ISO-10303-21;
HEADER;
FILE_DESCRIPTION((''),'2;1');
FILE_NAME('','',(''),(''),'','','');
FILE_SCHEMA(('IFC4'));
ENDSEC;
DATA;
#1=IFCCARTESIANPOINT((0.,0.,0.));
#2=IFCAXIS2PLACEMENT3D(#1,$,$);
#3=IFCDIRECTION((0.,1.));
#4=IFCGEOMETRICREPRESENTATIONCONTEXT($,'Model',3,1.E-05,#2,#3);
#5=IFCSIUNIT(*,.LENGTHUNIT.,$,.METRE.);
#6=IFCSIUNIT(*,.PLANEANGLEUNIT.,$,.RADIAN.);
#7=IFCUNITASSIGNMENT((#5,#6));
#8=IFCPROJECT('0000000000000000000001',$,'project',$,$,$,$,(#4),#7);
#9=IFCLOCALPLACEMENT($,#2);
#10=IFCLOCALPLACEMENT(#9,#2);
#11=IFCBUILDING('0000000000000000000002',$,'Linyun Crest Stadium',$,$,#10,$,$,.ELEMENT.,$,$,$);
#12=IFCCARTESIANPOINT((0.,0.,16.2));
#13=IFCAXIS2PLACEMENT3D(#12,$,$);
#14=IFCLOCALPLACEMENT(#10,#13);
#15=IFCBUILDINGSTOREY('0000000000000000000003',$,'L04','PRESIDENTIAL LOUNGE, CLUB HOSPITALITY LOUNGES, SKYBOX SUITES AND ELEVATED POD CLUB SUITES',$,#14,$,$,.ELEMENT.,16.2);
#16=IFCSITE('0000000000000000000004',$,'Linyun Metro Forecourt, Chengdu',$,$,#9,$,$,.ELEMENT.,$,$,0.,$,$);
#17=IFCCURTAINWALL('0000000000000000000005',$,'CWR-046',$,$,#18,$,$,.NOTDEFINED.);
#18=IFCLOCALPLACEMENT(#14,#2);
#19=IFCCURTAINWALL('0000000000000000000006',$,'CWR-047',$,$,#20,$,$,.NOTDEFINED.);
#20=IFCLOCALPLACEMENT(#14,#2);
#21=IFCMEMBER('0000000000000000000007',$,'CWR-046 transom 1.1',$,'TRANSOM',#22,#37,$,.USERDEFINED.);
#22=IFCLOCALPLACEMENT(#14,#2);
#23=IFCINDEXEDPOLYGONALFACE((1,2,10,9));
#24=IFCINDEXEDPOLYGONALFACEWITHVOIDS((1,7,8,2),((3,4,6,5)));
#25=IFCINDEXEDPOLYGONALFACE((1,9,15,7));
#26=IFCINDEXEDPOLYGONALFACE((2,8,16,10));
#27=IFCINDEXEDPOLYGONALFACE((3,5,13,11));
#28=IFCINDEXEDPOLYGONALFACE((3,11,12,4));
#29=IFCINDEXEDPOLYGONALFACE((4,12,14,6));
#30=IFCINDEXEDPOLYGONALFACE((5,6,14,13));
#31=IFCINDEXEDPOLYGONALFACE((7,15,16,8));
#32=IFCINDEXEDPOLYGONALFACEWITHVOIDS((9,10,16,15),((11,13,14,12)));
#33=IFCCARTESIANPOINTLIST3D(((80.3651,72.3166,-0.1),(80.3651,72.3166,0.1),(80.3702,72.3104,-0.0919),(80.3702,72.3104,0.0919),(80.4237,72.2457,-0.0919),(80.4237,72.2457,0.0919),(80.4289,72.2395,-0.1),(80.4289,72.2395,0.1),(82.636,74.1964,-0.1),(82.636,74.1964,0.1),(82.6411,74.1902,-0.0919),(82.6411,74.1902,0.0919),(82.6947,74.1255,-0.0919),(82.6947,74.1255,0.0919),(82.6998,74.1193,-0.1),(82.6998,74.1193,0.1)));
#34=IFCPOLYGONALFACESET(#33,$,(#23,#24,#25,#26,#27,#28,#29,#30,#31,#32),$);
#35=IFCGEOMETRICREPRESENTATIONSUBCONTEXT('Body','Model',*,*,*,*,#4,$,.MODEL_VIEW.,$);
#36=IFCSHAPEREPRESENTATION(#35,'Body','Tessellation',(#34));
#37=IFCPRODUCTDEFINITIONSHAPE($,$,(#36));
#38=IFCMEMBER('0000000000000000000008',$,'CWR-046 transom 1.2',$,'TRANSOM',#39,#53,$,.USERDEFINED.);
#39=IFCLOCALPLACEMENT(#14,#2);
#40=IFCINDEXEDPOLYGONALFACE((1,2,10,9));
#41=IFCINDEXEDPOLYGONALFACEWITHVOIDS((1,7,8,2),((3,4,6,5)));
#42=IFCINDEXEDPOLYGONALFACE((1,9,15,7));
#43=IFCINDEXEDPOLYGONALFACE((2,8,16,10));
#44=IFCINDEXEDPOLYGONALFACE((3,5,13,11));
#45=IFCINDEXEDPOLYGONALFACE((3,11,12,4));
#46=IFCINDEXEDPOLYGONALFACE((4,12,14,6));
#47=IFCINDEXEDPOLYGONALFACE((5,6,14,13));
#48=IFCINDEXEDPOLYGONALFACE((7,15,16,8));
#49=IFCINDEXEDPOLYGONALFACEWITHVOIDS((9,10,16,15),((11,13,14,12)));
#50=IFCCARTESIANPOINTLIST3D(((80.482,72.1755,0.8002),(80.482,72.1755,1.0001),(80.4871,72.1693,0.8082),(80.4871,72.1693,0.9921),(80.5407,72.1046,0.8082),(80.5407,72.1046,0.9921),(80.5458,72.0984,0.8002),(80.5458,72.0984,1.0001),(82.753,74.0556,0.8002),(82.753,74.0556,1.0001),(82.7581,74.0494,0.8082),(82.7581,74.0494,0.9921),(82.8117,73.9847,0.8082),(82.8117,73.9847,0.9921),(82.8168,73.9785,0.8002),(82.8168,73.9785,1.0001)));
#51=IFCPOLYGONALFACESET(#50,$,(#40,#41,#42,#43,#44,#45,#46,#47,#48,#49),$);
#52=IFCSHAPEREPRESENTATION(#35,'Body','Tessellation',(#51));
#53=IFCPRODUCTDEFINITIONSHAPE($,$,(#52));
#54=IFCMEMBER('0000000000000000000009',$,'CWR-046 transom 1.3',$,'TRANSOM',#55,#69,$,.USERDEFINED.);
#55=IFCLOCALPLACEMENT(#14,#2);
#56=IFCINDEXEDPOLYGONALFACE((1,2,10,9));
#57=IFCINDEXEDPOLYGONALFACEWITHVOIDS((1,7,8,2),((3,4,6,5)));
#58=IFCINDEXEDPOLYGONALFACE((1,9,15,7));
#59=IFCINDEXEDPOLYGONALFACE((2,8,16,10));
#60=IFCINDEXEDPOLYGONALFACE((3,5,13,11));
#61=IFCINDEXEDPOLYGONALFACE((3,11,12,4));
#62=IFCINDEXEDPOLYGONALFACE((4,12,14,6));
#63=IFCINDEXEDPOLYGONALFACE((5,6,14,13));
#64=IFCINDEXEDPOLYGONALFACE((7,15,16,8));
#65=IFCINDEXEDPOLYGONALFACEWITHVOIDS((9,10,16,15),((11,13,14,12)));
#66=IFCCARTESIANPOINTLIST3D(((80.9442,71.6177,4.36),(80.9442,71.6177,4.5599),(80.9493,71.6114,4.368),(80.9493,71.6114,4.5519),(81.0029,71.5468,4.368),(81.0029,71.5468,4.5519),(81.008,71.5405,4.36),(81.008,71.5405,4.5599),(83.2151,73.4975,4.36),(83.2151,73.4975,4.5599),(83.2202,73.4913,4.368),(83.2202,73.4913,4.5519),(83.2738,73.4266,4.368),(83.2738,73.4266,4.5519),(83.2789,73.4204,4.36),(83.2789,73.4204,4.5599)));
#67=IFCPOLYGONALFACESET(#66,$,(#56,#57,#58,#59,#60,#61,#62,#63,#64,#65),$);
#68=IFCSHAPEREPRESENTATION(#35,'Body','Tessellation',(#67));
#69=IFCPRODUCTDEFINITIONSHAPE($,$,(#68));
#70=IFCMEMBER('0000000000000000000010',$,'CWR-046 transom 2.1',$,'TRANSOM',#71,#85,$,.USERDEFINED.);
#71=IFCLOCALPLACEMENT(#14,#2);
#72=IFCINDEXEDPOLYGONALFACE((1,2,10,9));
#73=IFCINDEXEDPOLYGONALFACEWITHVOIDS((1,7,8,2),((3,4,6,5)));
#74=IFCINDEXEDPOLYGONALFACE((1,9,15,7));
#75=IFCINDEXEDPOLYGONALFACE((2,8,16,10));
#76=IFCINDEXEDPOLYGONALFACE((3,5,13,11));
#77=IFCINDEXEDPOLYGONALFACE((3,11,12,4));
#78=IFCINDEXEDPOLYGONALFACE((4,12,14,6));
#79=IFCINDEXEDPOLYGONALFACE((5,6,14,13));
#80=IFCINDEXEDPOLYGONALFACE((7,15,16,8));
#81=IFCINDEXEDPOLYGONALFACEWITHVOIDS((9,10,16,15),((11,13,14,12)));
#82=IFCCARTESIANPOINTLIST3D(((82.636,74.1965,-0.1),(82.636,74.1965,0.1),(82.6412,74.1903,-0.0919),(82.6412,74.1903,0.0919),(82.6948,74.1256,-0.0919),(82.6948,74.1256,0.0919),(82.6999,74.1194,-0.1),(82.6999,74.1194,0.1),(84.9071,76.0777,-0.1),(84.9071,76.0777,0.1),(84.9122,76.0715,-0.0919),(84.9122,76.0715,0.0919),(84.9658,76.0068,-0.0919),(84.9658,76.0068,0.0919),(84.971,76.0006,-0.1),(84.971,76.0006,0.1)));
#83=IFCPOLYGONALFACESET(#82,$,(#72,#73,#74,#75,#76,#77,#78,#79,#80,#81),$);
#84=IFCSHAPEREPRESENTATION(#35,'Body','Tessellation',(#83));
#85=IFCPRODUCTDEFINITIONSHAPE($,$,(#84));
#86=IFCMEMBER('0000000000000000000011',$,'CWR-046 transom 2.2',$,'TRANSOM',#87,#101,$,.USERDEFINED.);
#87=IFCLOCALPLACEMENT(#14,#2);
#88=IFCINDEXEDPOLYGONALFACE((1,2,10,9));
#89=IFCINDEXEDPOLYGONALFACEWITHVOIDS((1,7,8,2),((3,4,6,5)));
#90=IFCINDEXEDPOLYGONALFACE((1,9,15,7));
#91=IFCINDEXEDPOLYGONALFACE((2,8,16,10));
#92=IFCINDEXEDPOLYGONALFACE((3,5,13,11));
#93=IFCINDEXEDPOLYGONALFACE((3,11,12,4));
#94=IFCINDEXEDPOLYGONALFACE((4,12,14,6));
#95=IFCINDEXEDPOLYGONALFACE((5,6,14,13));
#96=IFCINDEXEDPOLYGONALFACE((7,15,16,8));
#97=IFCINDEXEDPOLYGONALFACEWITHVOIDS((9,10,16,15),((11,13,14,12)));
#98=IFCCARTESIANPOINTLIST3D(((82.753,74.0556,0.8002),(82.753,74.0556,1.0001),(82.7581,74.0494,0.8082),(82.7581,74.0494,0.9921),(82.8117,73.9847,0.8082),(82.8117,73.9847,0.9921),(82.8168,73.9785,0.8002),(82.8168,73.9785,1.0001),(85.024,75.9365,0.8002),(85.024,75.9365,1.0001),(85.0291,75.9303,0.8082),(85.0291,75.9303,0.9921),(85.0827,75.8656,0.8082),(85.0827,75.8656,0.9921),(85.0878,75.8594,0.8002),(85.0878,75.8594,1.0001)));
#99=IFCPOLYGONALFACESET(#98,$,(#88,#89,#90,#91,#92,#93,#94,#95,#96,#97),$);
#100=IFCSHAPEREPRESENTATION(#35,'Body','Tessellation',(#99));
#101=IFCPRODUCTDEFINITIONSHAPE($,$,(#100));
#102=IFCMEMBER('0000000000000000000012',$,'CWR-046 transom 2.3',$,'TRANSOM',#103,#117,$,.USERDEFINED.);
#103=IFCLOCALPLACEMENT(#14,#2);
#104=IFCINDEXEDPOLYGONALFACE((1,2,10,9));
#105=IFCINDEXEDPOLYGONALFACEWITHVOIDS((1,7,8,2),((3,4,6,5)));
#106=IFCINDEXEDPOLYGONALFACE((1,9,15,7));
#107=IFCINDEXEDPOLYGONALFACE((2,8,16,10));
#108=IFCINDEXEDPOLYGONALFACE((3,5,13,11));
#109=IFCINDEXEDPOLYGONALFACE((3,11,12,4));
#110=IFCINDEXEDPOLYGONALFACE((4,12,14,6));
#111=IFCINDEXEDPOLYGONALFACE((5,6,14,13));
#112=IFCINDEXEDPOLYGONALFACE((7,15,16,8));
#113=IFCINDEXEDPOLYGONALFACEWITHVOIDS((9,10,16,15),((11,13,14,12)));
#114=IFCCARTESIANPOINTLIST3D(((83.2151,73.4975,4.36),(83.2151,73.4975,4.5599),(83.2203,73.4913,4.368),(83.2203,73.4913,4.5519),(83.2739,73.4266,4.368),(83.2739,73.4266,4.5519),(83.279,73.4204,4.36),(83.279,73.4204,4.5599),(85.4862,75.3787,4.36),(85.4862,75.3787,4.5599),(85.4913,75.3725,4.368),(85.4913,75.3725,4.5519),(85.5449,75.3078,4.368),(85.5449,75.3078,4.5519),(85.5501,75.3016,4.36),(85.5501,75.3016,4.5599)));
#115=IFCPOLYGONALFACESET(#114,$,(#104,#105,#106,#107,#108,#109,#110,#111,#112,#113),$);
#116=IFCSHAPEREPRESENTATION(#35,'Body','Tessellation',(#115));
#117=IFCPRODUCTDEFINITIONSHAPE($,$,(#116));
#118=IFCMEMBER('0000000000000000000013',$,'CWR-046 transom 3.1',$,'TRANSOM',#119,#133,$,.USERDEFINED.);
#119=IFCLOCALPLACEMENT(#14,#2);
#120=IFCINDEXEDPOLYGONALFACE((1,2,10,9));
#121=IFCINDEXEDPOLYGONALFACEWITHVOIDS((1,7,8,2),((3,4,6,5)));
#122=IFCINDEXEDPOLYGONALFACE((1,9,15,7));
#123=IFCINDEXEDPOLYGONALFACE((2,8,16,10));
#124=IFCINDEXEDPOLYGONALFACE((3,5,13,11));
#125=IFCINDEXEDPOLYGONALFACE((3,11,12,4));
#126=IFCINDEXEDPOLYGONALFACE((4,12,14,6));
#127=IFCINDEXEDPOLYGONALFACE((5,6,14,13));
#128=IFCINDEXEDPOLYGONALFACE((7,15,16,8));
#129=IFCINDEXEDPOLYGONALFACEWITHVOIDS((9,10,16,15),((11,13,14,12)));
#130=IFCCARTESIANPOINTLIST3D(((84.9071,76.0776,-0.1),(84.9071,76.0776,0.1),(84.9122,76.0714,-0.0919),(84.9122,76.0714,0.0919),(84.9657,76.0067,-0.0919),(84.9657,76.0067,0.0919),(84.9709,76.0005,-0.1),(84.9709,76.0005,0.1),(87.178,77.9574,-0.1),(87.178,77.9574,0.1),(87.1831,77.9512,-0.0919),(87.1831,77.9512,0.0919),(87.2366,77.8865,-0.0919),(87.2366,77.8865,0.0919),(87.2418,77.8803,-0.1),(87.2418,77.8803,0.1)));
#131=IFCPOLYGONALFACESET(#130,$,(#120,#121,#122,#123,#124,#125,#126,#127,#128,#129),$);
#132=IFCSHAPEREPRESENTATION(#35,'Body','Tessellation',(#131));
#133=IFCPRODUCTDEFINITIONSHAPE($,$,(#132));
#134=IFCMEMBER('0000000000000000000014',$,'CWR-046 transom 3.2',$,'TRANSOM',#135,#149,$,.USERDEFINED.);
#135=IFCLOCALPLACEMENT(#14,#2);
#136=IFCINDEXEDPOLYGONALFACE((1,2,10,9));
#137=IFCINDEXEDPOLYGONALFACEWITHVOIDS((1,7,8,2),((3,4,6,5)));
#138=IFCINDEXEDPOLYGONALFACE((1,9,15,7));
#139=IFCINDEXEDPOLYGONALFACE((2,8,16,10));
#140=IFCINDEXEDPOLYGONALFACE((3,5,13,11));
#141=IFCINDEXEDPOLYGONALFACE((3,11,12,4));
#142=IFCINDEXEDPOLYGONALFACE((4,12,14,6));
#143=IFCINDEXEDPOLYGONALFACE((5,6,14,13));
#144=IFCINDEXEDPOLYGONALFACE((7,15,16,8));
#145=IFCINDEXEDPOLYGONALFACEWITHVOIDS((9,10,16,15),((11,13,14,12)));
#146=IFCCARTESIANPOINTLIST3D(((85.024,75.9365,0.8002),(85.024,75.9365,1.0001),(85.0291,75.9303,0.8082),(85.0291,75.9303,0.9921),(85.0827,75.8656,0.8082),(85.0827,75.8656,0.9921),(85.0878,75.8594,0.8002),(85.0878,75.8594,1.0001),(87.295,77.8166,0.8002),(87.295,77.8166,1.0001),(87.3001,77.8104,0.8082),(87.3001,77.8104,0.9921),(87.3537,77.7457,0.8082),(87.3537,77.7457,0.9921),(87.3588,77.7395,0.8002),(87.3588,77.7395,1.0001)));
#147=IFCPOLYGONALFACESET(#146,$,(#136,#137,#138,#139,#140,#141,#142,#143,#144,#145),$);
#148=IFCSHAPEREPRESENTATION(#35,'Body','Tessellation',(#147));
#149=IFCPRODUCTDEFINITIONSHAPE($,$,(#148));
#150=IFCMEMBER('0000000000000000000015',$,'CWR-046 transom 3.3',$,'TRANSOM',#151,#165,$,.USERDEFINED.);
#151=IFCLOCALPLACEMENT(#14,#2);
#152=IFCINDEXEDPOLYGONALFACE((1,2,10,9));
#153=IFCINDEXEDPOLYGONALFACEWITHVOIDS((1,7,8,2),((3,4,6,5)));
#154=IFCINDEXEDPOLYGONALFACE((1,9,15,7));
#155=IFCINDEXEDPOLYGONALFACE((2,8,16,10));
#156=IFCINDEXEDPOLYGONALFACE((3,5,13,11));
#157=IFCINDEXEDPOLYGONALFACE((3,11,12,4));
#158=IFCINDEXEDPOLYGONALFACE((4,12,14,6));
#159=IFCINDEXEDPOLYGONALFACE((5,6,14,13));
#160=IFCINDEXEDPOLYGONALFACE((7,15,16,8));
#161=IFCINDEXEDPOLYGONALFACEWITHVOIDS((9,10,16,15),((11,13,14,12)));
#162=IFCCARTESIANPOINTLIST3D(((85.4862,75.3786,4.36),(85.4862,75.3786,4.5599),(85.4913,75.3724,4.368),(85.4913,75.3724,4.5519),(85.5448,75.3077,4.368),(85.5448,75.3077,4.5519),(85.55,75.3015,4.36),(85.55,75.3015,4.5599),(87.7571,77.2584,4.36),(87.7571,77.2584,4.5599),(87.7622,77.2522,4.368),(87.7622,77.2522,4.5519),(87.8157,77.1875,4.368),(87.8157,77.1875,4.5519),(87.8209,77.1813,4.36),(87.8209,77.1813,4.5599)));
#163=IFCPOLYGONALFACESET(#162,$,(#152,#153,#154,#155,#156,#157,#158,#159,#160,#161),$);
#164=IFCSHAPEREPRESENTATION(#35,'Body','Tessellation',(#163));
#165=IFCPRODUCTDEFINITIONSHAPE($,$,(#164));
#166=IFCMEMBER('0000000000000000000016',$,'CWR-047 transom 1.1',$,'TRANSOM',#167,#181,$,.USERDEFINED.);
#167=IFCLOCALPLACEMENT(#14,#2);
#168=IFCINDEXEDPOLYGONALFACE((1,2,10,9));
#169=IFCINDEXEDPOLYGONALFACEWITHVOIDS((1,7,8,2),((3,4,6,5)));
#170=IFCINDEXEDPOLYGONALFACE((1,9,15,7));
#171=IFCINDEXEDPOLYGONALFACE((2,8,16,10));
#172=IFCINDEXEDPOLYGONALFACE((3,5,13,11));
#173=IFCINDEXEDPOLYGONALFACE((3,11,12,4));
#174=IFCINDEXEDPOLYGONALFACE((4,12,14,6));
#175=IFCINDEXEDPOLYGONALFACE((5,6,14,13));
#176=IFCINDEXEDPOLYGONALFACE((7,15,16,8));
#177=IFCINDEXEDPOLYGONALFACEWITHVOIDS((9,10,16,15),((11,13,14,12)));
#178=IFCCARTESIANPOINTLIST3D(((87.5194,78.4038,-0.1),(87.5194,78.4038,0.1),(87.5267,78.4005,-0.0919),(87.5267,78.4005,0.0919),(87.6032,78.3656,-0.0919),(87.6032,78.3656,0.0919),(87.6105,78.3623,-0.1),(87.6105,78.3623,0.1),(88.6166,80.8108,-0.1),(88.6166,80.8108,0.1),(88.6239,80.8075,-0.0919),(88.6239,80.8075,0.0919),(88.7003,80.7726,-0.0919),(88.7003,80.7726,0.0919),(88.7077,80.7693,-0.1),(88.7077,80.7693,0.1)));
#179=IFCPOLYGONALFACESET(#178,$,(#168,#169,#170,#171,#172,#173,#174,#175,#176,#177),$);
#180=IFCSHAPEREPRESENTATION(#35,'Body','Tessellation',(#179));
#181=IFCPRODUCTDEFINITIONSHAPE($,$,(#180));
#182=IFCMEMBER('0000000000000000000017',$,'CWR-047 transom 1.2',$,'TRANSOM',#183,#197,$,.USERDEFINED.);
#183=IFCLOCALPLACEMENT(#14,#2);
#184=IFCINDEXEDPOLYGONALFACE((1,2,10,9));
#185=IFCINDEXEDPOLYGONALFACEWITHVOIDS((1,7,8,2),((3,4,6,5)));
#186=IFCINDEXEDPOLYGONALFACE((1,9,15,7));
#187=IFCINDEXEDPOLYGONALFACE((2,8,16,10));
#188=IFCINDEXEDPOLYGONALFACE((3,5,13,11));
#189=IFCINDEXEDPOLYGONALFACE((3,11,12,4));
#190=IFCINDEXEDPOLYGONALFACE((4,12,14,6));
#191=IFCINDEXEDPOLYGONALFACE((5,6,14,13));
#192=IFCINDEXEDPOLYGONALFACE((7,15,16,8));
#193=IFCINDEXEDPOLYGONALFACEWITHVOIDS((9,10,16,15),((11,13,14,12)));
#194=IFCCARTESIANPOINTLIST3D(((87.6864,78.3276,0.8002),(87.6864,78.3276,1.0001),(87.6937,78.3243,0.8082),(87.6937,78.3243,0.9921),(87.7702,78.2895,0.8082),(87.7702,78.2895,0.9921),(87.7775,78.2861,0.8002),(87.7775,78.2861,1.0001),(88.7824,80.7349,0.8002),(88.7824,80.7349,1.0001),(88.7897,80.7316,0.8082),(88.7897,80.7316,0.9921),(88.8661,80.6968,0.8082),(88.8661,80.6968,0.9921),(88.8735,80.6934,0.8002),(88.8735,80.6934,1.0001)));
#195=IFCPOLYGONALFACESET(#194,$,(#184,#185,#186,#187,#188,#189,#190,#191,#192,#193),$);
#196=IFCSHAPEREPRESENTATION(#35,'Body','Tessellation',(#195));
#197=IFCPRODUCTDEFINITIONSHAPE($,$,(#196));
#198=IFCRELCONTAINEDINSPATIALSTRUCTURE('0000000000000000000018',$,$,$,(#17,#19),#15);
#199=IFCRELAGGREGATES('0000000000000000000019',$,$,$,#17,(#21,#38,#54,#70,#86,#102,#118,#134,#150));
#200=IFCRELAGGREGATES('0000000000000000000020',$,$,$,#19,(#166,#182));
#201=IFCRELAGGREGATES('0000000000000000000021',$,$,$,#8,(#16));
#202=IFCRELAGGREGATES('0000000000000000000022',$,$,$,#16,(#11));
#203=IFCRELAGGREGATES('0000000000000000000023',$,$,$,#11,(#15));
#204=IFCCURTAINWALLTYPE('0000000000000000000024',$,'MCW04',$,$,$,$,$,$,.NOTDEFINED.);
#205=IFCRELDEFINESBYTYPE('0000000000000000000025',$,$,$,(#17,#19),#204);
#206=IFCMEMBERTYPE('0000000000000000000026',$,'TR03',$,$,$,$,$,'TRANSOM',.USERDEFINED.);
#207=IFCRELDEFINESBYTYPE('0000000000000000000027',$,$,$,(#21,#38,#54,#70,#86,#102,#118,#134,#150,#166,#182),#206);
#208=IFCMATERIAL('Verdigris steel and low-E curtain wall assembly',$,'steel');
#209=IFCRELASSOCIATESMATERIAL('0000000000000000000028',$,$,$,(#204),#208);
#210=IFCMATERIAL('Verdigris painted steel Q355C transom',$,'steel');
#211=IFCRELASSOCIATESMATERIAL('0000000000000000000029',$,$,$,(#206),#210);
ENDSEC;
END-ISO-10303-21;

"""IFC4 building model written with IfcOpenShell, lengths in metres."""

from ifc_helpers import new_model, si_unit, direction, frame, origin, origin_2d, place, context, subcontext, project, spatial, hollow_rectangle, extrude, material, material_profile, profile_set, type_object, element, aggregate, save


model = new_model("IFC4")

# Units and contexts
model_context = context("Model", 3, precision=1e-05, world=origin(), true_north=direction((0.0, 1.0)))
body_context = subcontext(model_context, "Body", "Model", "MODEL_VIEW")
ifc_project = project(units=[si_unit("LENGTHUNIT", "METRE"), si_unit("PLANEANGLEUNIT", "RADIAN")], contexts=[model_context])

# Site, building, storey
site_placement = place(None, origin())
site = spatial("IfcSite", under=ifc_project, at=site_placement, Name="Linyun Metro Forecourt, Chengdu", CompositionType="ELEMENT", RefElevation=0.0)
building_placement = place(site_placement, origin())
building = spatial("IfcBuilding", under=site, at=building_placement, Name="Linyun Crest Stadium", CompositionType="ELEMENT")
storey_placement = place(building_placement, frame((0.0, 0.0, 16.2)))
storey = spatial("IfcBuildingStorey", under=building, at=storey_placement, Name="L04", Description="PRESIDENTIAL LOUNGE, CLUB HOSPITALITY LOUNGES, SKYBOX SUITES AND ELEVATED POD CLUB SUITES", CompositionType="ELEMENT", Elevation=16.2)

# Curtain wall
ifc_material_1 = material(Name="Verdigris steel and low-E curtain wall assembly", Category="steel")
curtain_wall_type = type_object("IfcCurtainWallType", Name="MCW04", PredefinedType="NOTDEFINED", material=ifc_material_1)
curtain_wall_1_placement = place(storey_placement, origin())
curtain_wall_1 = element("IfcCurtainWall", 1, at=curtain_wall_1_placement, inside=storey, type_object=curtain_wall_type, Name="CWR-046", PredefinedType="NOTDEFINED")

# Curtain wall
curtain_wall_2_placement = place(storey_placement, origin())
curtain_wall_2 = element("IfcCurtainWall", 2, at=curtain_wall_2_placement, inside=storey, type_object=curtain_wall_type, Name="CWR-047", PredefinedType="NOTDEFINED")

# Members
ifc_material_2 = material(Name="Verdigris painted steel Q355C transom", Category="steel")
ifc_material_profile_1 = material_profile(ifc_material_2, hollow_rectangle(XDim=0.1001, YDim=0.2, WallThickness=0.0081, at=origin_2d()), Name="RHS 200x100x8")
ifc_profile_set_1 = profile_set([ifc_material_profile_1], Name="Verdigris painted steel Q355C transom")
member_type_1 = type_object("IfcMemberType", Name="TR03", ElementType="TRANSOM", PredefinedType="USERDEFINED", material=ifc_profile_set_1)
member_1_placement = place(storey_placement, frame((80.397, 72.2781, 0.0), z_axis=(0.770321, 0.637656, 0.0), x_axis=(-0.637656, 0.770321, 0.0)))
member_1 = element("IfcMember", 3, at=member_1_placement, type_object=member_type_1, Name="CWR-046 transom 1.1", ObjectType="TRANSOM", PredefinedType="USERDEFINED", context=body_context, shape_type="SweptSolid", body=[
    extrude(hollow_rectangle(XDim=0.1001, YDim=0.2, WallThickness=0.0081, at=origin_2d()), origin(), (0.0, 0.0, 1.0), 2.948),
])
member_2_placement = place(storey_placement, frame((80.5139, 72.137, 0.9001), z_axis=(0.770281, 0.637705, 0.0), x_axis=(-0.637705, 0.770281, 0.0)))
member_2 = element("IfcMember", 4, at=member_2_placement, type_object=member_type_1, Name="CWR-046 transom 1.2", ObjectType="TRANSOM", PredefinedType="USERDEFINED", context=body_context, shape_type="SweptSolid", body=[
    extrude(hollow_rectangle(XDim=0.1001, YDim=0.2, WallThickness=0.0081, at=origin_2d()), origin(), (0.0, 0.0, 1.0), 2.9482),
])
member_3_placement = place(storey_placement, frame((80.9761, 71.5791, 4.46), z_axis=(0.770321, 0.637656, 0.0), x_axis=(-0.637656, 0.770321, 0.0)))
member_3 = element("IfcMember", 5, at=member_3_placement, type_object=member_type_1, Name="CWR-046 transom 1.3", ObjectType="TRANSOM", PredefinedType="USERDEFINED", context=body_context, shape_type="SweptSolid", body=[
    extrude(hollow_rectangle(XDim=0.1001, YDim=0.2, WallThickness=0.0081, at=origin_2d()), origin(), (0.0, 0.0, 1.0), 2.948),
])
member_4_placement = place(storey_placement, frame((82.668, 74.158, 0.0), z_axis=(0.770118, 0.637901, 0.0), x_axis=(-0.637901, 0.770118, 0.0)))
member_4 = element("IfcMember", 6, at=member_4_placement, type_object=member_type_1, Name="CWR-046 transom 2.1", ObjectType="TRANSOM", PredefinedType="USERDEFINED", context=body_context, shape_type="SweptSolid", body=[
    extrude(hollow_rectangle(XDim=0.1001, YDim=0.2, WallThickness=0.0081, at=origin_2d()), origin(), (0.0, 0.0, 1.0), 2.949),
])
member_5_placement = place(storey_placement, frame((82.7849, 74.0171, 0.9001), z_axis=(0.770159, 0.637852, 0.0), x_axis=(-0.637852, 0.770159, 0.0)))
member_5 = element("IfcMember", 7, at=member_5_placement, type_object=member_type_1, Name="CWR-046 transom 2.2", ObjectType="TRANSOM", PredefinedType="USERDEFINED", context=body_context, shape_type="SweptSolid", body=[
    extrude(hollow_rectangle(XDim=0.1001, YDim=0.2, WallThickness=0.0081, at=origin_2d()), origin(), (0.0, 0.0, 1.0), 2.9487),
])
member_6_placement = place(storey_placement, frame((83.2471, 73.459, 4.46), z_axis=(0.770118, 0.637901, 0.0), x_axis=(-0.637901, 0.770118, 0.0)))
member_6 = element("IfcMember", 8, at=member_6_placement, type_object=member_type_1, Name="CWR-046 transom 2.3", ObjectType="TRANSOM", PredefinedType="USERDEFINED", context=body_context, shape_type="SweptSolid", body=[
    extrude(hollow_rectangle(XDim=0.1001, YDim=0.2, WallThickness=0.0081, at=origin_2d()), origin(), (0.0, 0.0, 1.0), 2.949),
])
member_7_placement = place(storey_placement, frame((84.939, 76.0391, 0.0), z_axis=(0.770321, 0.637656, 0.0), x_axis=(-0.637656, 0.770321, 0.0)))
member_7 = element("IfcMember", 9, at=member_7_placement, type_object=member_type_1, Name="CWR-046 transom 3.1", ObjectType="TRANSOM", PredefinedType="USERDEFINED", context=body_context, shape_type="SweptSolid", body=[
    extrude(hollow_rectangle(XDim=0.1001, YDim=0.2, WallThickness=0.0081, at=origin_2d()), origin(), (0.0, 0.0, 1.0), 2.948),
])
member_8_placement = place(storey_placement, frame((85.0559, 75.8979, 0.9001), z_axis=(0.770281, 0.637705, 0.0), x_axis=(-0.637705, 0.770281, 0.0)))
member_8 = element("IfcMember", 10, at=member_8_placement, type_object=member_type_1, Name="CWR-046 transom 3.2", ObjectType="TRANSOM", PredefinedType="USERDEFINED", context=body_context, shape_type="SweptSolid", body=[
    extrude(hollow_rectangle(XDim=0.1001, YDim=0.2, WallThickness=0.0081, at=origin_2d()), origin(), (0.0, 0.0, 1.0), 2.9482),
])
member_9_placement = place(storey_placement, frame((85.5181, 75.3401, 4.46), z_axis=(0.770321, 0.637656, 0.0), x_axis=(-0.637656, 0.770321, 0.0)))
member_9 = element("IfcMember", 11, at=member_9_placement, type_object=member_type_1, Name="CWR-046 transom 3.3", ObjectType="TRANSOM", PredefinedType="USERDEFINED", context=body_context, shape_type="SweptSolid", body=[
    extrude(hollow_rectangle(XDim=0.1001, YDim=0.2, WallThickness=0.0081, at=origin_2d()), origin(), (0.0, 0.0, 1.0), 2.948),
])
member_10_placement = place(storey_placement, frame((87.5649, 78.3831, 0.0), z_axis=(0.414769, 0.909927, 0.0), x_axis=(-0.909927, 0.414769, 0.0)))
member_10 = element("IfcMember", 12, at=member_10_placement, type_object=member_type_1, Name="CWR-047 transom 1.1", ObjectType="TRANSOM", PredefinedType="USERDEFINED", context=body_context, shape_type="SweptSolid", body=[
    extrude(hollow_rectangle(XDim=0.1001, YDim=0.2, WallThickness=0.0081, at=origin_2d()), origin(), (0.0, 0.0, 1.0), 2.6453),
])
member_11_placement = place(storey_placement, frame((87.7319, 78.3069, 0.9001), z_axis=(0.414352, 0.910117, 0.0), x_axis=(-0.910117, 0.414352, 0.0)))
member_11 = element("IfcMember", 13, at=member_11_placement, type_object=member_type_1, Name="CWR-047 transom 1.2", ObjectType="TRANSOM", PredefinedType="USERDEFINED", context=body_context, shape_type="SweptSolid", body=[
    extrude(hollow_rectangle(XDim=0.1001, YDim=0.2, WallThickness=0.0081, at=origin_2d()), origin(), (0.0, 0.0, 1.0), 2.645),
])

aggregate(curtain_wall_1, [member_1, member_2, member_3, member_4, member_5, member_6, member_7, member_8, member_9])
aggregate(curtain_wall_2, [member_10, member_11])

save(model, "model.ifc")
